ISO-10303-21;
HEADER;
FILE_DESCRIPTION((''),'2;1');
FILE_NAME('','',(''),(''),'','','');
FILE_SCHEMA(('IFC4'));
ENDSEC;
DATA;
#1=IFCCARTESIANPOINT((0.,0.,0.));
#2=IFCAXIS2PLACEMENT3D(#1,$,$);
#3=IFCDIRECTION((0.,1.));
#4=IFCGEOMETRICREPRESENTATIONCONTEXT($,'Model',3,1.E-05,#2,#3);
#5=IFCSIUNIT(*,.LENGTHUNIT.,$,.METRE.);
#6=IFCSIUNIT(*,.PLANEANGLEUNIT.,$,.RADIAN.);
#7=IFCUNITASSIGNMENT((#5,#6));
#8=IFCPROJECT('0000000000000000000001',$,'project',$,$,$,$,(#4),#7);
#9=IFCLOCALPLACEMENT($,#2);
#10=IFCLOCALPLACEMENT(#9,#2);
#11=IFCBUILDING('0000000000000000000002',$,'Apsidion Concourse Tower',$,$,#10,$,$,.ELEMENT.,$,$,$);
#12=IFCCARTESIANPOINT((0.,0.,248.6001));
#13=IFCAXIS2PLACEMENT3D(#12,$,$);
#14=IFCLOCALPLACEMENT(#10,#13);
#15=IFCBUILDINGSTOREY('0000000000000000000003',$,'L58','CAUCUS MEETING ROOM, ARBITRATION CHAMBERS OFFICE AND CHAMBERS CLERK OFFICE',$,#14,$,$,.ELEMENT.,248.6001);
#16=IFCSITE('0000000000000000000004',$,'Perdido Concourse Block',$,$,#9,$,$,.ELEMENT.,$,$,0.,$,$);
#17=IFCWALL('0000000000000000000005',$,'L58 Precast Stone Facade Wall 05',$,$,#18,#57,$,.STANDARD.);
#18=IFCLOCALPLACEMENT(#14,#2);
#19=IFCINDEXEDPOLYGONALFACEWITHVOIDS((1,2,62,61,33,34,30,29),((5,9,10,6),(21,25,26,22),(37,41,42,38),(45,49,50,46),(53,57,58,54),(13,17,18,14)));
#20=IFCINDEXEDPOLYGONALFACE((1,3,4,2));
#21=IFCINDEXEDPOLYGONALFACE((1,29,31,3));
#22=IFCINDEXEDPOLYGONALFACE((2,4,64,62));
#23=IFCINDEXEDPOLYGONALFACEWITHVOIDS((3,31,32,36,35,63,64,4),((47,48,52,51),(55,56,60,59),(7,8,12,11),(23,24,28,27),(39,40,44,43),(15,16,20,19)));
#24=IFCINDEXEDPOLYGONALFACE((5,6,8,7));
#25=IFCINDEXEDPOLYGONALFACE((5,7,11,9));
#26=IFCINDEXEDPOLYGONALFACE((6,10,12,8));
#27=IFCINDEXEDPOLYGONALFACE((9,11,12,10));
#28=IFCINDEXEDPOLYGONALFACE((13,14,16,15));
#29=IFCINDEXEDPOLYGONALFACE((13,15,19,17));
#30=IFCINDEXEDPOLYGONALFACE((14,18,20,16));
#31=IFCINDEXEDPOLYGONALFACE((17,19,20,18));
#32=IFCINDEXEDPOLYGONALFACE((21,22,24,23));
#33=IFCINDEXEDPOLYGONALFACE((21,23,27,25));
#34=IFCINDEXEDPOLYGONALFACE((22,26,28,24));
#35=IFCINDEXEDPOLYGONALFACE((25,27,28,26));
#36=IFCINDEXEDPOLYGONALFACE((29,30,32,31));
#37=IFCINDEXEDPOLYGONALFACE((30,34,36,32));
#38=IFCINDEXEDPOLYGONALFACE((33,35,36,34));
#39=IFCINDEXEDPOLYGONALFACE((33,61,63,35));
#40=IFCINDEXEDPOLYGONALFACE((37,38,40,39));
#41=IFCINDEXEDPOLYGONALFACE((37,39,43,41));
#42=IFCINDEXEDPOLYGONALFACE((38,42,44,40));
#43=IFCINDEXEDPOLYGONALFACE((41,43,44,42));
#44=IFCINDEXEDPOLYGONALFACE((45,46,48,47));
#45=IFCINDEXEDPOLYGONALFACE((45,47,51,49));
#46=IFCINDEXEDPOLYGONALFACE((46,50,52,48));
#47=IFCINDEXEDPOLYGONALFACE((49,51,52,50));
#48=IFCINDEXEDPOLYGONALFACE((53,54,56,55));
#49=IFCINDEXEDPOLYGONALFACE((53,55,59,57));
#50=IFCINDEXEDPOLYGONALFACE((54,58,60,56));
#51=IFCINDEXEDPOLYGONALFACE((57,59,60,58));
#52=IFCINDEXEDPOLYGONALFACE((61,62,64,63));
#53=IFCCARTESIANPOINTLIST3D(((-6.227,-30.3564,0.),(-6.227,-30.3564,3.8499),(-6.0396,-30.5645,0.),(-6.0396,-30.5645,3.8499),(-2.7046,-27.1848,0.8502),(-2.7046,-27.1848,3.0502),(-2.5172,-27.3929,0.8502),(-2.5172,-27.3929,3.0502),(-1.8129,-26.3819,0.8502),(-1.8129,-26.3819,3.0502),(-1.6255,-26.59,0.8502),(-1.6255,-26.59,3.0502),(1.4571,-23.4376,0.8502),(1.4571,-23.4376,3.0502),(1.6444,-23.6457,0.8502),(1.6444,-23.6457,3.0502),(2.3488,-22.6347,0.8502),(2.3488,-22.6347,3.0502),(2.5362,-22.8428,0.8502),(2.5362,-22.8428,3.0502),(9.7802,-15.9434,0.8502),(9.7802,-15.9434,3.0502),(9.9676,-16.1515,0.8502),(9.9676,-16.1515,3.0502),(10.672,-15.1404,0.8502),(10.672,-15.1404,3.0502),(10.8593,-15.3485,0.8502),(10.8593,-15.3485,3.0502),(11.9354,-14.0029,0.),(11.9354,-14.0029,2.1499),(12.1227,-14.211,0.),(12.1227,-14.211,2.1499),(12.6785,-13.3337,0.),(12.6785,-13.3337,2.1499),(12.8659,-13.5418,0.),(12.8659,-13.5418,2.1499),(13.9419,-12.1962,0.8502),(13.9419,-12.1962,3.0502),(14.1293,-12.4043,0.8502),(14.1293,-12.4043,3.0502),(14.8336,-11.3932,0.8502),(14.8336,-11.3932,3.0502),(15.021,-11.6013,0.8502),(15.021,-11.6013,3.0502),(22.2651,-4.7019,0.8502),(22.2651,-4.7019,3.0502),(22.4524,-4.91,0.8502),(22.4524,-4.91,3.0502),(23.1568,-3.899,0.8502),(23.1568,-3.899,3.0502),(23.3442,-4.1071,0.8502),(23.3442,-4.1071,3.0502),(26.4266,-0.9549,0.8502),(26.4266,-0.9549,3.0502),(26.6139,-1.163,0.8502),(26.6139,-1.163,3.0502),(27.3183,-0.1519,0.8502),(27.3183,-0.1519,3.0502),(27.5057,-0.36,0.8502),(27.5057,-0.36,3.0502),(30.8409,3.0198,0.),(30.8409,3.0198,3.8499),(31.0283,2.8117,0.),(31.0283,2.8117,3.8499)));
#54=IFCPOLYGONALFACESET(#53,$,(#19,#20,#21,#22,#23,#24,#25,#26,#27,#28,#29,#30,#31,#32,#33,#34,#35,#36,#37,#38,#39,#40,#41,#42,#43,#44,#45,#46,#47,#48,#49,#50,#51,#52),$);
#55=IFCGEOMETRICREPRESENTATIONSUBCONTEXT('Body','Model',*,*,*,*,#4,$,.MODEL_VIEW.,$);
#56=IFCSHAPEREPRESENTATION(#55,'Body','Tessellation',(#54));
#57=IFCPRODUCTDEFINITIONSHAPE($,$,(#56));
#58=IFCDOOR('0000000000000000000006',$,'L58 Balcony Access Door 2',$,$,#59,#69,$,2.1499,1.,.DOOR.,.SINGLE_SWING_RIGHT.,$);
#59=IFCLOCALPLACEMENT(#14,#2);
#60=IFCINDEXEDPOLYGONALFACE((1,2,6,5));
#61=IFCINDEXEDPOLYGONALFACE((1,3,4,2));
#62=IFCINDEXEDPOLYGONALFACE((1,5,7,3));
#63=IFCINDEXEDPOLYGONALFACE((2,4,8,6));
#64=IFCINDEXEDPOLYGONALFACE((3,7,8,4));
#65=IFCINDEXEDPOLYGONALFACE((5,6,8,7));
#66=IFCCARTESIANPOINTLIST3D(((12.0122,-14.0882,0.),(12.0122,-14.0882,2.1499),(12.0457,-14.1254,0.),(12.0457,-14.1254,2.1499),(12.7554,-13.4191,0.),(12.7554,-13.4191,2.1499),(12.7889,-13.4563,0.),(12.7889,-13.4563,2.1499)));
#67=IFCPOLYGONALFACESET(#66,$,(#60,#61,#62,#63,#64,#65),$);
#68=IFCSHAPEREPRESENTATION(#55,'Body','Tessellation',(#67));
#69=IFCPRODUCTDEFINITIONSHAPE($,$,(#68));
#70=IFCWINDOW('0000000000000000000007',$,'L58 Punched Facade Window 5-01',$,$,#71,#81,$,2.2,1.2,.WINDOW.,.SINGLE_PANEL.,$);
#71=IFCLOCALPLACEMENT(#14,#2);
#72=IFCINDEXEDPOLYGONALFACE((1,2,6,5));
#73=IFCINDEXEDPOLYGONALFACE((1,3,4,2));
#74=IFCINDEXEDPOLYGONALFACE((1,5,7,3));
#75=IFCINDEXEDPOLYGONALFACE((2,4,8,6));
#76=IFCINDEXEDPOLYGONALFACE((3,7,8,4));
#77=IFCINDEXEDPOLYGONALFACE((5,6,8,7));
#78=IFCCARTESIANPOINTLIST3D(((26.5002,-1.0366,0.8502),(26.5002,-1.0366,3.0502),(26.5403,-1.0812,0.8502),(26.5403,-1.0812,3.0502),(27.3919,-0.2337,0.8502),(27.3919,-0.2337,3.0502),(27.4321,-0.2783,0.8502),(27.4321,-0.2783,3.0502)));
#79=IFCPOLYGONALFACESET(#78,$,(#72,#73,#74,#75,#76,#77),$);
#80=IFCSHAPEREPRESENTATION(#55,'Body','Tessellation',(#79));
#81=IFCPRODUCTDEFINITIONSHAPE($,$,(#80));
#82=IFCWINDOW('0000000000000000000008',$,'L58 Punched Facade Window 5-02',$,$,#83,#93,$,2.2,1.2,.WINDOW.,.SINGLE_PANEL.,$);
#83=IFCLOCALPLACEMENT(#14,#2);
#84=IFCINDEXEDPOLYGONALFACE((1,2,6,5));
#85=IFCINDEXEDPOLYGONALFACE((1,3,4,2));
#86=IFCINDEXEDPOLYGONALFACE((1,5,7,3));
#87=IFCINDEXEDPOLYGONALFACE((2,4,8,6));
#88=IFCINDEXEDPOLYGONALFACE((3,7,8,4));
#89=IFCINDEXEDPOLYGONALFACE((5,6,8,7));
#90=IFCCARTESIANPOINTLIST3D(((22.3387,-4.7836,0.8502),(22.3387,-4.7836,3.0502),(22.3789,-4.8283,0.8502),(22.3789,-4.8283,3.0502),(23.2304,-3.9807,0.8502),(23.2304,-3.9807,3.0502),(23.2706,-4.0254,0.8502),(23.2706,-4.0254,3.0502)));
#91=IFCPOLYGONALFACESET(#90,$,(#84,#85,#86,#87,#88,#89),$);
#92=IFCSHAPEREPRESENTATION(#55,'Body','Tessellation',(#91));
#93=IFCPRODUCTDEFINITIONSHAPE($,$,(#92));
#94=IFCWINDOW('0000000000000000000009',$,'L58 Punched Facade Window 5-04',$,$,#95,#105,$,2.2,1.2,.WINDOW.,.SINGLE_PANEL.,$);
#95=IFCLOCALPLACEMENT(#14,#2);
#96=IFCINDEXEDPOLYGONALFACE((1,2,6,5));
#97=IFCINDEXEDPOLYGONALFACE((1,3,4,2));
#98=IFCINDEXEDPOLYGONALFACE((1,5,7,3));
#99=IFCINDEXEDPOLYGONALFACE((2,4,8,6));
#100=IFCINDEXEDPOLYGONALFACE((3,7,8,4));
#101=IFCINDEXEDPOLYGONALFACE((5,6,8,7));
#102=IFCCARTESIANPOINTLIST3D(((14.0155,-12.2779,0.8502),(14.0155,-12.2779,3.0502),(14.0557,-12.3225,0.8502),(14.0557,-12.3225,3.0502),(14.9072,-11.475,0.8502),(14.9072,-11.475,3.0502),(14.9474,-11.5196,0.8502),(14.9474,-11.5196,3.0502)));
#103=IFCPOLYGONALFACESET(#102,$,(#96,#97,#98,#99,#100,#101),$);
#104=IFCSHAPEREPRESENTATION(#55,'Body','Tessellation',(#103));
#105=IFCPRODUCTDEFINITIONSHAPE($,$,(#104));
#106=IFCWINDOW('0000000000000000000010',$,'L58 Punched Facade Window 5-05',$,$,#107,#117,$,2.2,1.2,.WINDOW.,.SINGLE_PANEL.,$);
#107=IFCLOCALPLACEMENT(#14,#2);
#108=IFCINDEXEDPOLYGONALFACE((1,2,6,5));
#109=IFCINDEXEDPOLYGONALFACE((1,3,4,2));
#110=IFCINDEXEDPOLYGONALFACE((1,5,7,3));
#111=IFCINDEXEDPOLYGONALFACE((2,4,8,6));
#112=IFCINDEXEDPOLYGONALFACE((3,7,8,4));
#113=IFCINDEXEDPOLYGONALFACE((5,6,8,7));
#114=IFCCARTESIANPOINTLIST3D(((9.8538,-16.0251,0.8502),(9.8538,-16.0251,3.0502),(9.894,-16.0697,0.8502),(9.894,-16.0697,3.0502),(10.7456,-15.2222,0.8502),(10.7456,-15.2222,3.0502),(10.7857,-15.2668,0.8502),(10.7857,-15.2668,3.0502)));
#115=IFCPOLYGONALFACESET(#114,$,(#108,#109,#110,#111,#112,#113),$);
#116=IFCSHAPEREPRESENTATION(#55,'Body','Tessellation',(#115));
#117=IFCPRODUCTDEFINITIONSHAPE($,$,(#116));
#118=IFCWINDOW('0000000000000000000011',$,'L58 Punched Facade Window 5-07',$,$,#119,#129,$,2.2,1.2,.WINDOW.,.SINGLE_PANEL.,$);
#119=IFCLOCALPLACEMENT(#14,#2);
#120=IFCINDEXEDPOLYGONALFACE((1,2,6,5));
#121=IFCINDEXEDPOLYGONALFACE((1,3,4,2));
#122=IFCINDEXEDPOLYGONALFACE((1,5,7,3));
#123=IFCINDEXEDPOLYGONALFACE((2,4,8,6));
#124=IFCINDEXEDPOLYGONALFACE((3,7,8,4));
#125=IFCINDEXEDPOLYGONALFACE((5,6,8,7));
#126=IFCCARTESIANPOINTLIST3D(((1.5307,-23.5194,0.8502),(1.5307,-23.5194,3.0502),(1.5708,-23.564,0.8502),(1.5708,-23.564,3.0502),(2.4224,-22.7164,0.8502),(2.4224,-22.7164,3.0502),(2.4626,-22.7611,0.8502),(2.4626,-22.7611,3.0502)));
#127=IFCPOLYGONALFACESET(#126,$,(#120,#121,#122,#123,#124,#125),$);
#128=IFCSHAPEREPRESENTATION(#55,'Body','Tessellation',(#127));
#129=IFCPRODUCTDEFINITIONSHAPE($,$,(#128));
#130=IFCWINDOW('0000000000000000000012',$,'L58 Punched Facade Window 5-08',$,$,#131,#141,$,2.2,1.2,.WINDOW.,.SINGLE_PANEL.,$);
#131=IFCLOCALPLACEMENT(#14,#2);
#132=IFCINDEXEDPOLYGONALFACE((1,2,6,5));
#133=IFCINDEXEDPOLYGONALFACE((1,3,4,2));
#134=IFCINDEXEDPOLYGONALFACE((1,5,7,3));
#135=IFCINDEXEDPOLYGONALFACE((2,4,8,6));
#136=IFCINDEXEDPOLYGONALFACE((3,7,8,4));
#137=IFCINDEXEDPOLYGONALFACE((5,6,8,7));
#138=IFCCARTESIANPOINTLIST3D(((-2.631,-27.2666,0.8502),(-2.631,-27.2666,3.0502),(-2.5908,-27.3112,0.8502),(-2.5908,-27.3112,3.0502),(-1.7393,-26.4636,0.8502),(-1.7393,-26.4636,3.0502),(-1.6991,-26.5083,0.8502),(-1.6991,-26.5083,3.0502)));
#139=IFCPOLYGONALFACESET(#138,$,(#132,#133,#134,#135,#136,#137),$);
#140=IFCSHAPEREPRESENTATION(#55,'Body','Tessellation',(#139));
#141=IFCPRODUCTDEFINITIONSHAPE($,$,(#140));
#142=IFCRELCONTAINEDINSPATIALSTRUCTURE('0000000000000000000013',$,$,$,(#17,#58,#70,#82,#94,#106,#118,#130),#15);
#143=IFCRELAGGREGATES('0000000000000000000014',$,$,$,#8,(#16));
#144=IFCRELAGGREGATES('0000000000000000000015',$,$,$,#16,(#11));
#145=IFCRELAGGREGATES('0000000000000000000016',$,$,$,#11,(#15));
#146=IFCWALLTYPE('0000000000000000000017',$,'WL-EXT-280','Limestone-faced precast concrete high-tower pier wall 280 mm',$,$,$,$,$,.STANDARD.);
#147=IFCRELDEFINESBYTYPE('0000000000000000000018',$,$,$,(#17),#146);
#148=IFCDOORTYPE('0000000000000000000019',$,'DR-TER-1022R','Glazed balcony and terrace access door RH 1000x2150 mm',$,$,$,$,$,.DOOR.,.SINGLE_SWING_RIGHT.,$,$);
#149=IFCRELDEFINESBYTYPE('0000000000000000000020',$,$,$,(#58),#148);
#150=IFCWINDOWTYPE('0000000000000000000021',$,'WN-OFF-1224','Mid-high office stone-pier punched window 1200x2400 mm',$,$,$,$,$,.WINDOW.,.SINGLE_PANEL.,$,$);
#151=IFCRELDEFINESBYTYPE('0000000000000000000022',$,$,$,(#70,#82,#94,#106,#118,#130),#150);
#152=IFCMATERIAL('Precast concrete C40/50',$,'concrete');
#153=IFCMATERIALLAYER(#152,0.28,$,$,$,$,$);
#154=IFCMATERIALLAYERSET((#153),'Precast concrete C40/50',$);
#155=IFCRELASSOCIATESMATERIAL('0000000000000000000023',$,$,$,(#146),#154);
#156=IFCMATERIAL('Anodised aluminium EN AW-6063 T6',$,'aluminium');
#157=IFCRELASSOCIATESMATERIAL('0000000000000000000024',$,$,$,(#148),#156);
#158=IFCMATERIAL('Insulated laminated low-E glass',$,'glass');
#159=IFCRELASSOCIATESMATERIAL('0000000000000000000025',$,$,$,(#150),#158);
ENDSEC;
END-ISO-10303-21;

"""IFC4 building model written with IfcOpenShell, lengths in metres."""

from ifc_helpers import new_model, si_unit, direction, frame, frame_2d, origin, place, context, subcontext, project, spatial, rectangle, extrude, material, layer, layer_set, type_object, element, fill, save


model = new_model("IFC4")

# Units and contexts
model_context = context("Model", 3, precision=1e-05, world=origin(), true_north=direction((0.0, 1.0)))
body_context = subcontext(model_context, "Body", "Model", "MODEL_VIEW")
ifc_project = project(units=[si_unit("LENGTHUNIT", "METRE"), si_unit("PLANEANGLEUNIT", "RADIAN")], contexts=[model_context])

# Site, building, storey
site_placement = place(None, origin())
site = spatial("IfcSite", under=ifc_project, at=site_placement, Name="Perdido Concourse Block", CompositionType="ELEMENT", RefElevation=0.0)
building_placement = place(site_placement, origin())
building = spatial("IfcBuilding", under=site, at=building_placement, Name="Apsidion Concourse Tower", CompositionType="ELEMENT")
storey_placement = place(building_placement, frame((0.0, 0.0, 248.6001)))
storey = spatial("IfcBuildingStorey", under=building, at=storey_placement, Name="L58", Description="CAUCUS MEETING ROOM, ARBITRATION CHAMBERS OFFICE AND CHAMBERS CLERK OFFICE", CompositionType="ELEMENT", Elevation=248.6001)

# Shared definitions
ifc_material_1 = material(Name="Precast concrete C40/50", Category="concrete")
ifc_layer_1 = layer(ifc_material_1, 0.28)
ifc_layer_set_1 = layer_set([ifc_layer_1], Name="Precast concrete C40/50")
wall_type_1 = type_object("IfcWallType", Name="WL-EXT-280", Description="Limestone-faced precast concrete high-tower pier wall 280 mm", PredefinedType="STANDARD", material=ifc_layer_set_1)

# Wall, openings, door, windows
wall_1_placement = place(storey_placement, frame((30.9346, 2.9158, 0.0), z_axis=(0.0, 0.0, 1.0), x_axis=(-0.743143, -0.669132, 0.0)))
wall_1 = element("IfcWall", 1, at=wall_1_placement, inside=storey, type_object=wall_type_1, Name="L58 Precast Stone Facade Wall 05", PredefinedType="STANDARD", context=body_context, shape_type="SweptSolid", body=[
    extrude(rectangle(XDim=49.8799, YDim=0.28, at=frame_2d((24.9399, 0.0))), origin(), (0.0, 0.0, 1.0), 3.8499),
])
opening_1_placement = place(wall_1_placement, frame((24.4399, 0.0, 0.0)))
opening_1 = element("IfcOpeningElement", 2, at=opening_1_placement, cuts=wall_1, PredefinedType="OPENING", context=body_context, shape_type="SweptSolid", body=[
    extrude(rectangle(XDim=1.0, YDim=2.1499, at=frame_2d((0.5, 1.075))), frame((0.0, 0.1499, 0.0), z_axis=(0.0, -1.0, 0.0), x_axis=(1.0, 0.0, 0.0)), (0.0, 0.0, 1.0), 0.3),
])
opening_2_placement = place(wall_1_placement, frame((4.74, 0.0, 0.8501)))
opening_2 = element("IfcOpeningElement", 3, at=opening_2_placement, cuts=wall_1, PredefinedType="OPENING", context=body_context, shape_type="SweptSolid", body=[
    extrude(rectangle(XDim=1.2, YDim=2.2, at=frame_2d((0.6001, 1.1001))), frame((0.0, 0.1499, 0.0), z_axis=(0.0, -1.0, 0.0), x_axis=(1.0, 0.0, 0.0)), (0.0, 0.0, 1.0), 0.3),
])
opening_3_placement = place(wall_1_placement, frame((10.3398, 0.0, 0.8501)))
opening_3 = element("IfcOpeningElement", 4, at=opening_3_placement, cuts=wall_1, PredefinedType="OPENING", context=body_context, shape_type="SweptSolid", body=[
    extrude(rectangle(XDim=1.2, YDim=2.2, at=frame_2d((0.6001, 1.1001))), frame((0.0, 0.1499, 0.0), z_axis=(0.0, -1.0, 0.0), x_axis=(1.0, 0.0, 0.0)), (0.0, 0.0, 1.0), 0.3),
])
opening_4_placement = place(wall_1_placement, frame((21.5398, 0.0, 0.8501)))
opening_4 = element("IfcOpeningElement", 5, at=opening_4_placement, cuts=wall_1, PredefinedType="OPENING", context=body_context, shape_type="SweptSolid", body=[
    extrude(rectangle(XDim=1.2, YDim=2.2, at=frame_2d((0.6001, 1.1001))), frame((0.0, 0.1499, 0.0), z_axis=(0.0, -1.0, 0.0), x_axis=(1.0, 0.0, 0.0)), (0.0, 0.0, 1.0), 0.3),
])
opening_5_placement = place(wall_1_placement, frame((27.1399, 0.0, 0.8501)))
opening_5 = element("IfcOpeningElement", 6, at=opening_5_placement, cuts=wall_1, PredefinedType="OPENING", context=body_context, shape_type="SweptSolid", body=[
    extrude(rectangle(XDim=1.2, YDim=2.2, at=frame_2d((0.6001, 1.1001))), frame((0.0, 0.1499, 0.0), z_axis=(0.0, -1.0, 0.0), x_axis=(1.0, 0.0, 0.0)), (0.0, 0.0, 1.0), 0.3),
])
opening_6_placement = place(wall_1_placement, frame((38.3398, 0.0, 0.8501)))
opening_6 = element("IfcOpeningElement", 7, at=opening_6_placement, cuts=wall_1, PredefinedType="OPENING", context=body_context, shape_type="SweptSolid", body=[
    extrude(rectangle(XDim=1.2, YDim=2.2, at=frame_2d((0.6001, 1.1001))), frame((0.0, 0.1499, 0.0), z_axis=(0.0, -1.0, 0.0), x_axis=(1.0, 0.0, 0.0)), (0.0, 0.0, 1.0), 0.3),
])
opening_7_placement = place(wall_1_placement, frame((43.9399, 0.0, 0.8501)))
opening_7 = element("IfcOpeningElement", 8, at=opening_7_placement, cuts=wall_1, PredefinedType="OPENING", context=body_context, shape_type="SweptSolid", body=[
    extrude(rectangle(XDim=1.2, YDim=2.2, at=frame_2d((0.6001, 1.1001))), frame((0.0, 0.1499, 0.0), z_axis=(0.0, -1.0, 0.0), x_axis=(1.0, 0.0, 0.0)), (0.0, 0.0, 1.0), 0.3),
])
ifc_material_2 = material(Name="Anodised aluminium EN AW-6063 T6", Category="aluminium")
door_type_1 = type_object("IfcDoorType", Name="DR-TER-1022R", Description="Glazed balcony and terrace access door RH 1000x2150 mm", OperationType="SINGLE_SWING_RIGHT", PredefinedType="DOOR", material=ifc_material_2)
door_1_placement = place(opening_1_placement, origin())
door_1 = element("IfcDoor", 9, at=door_1_placement, inside=storey, type_object=door_type_1, Name="L58 Balcony Access Door 2", OperationType="SINGLE_SWING_RIGHT", OverallHeight=2.1499, OverallWidth=1.0, PredefinedType="DOOR", context=body_context, shape_type="SweptSolid", body=[
    extrude(rectangle(XDim=1.0, YDim=2.1499, at=frame_2d((0.5, 1.075))), frame((0.0, 0.0249, 0.0), z_axis=(0.0, -1.0, 0.0), x_axis=(1.0, 0.0, 0.0)), (0.0, 0.0, 1.0), 0.05),
])
fill(opening_1, door_1)
ifc_material_3 = material(Name="Insulated laminated low-E glass", Category="glass")
window_type = type_object("IfcWindowType", Name="WN-OFF-1224", Description="Mid-high office stone-pier punched window 1200x2400 mm", PartitioningType="SINGLE_PANEL", PredefinedType="WINDOW", material=ifc_material_3)
window_1_placement = place(opening_2_placement, origin())
window_1 = element("IfcWindow", 10, at=window_1_placement, inside=storey, type_object=window_type, Name="L58 Punched Facade Window 5-01", OverallHeight=2.2, OverallWidth=1.2, PartitioningType="SINGLE_PANEL", PredefinedType="WINDOW", context=body_context, shape_type="SweptSolid", body=[
    extrude(rectangle(XDim=1.2, YDim=2.2, at=frame_2d((0.6001, 1.1001))), frame((0.0, 0.03, 0.0), z_axis=(0.0, -1.0, 0.0), x_axis=(1.0, 0.0, 0.0)), (0.0, 0.0, 1.0), 0.0601),
])
fill(opening_2, window_1)
window_2_placement = place(opening_3_placement, origin())
window_2 = element("IfcWindow", 11, at=window_2_placement, inside=storey, type_object=window_type, Name="L58 Punched Facade Window 5-02", OverallHeight=2.2, OverallWidth=1.2, PartitioningType="SINGLE_PANEL", PredefinedType="WINDOW", context=body_context, shape_type="SweptSolid", body=[
    extrude(rectangle(XDim=1.2, YDim=2.2, at=frame_2d((0.6001, 1.1001))), frame((0.0, 0.03, 0.0), z_axis=(0.0, -1.0, 0.0), x_axis=(1.0, 0.0, 0.0)), (0.0, 0.0, 1.0), 0.0601),
])
fill(opening_3, window_2)
window_3_placement = place(opening_4_placement, origin())
window_3 = element("IfcWindow", 12, at=window_3_placement, inside=storey, type_object=window_type, Name="L58 Punched Facade Window 5-04", OverallHeight=2.2, OverallWidth=1.2, PartitioningType="SINGLE_PANEL", PredefinedType="WINDOW", context=body_context, shape_type="SweptSolid", body=[
    extrude(rectangle(XDim=1.2, YDim=2.2, at=frame_2d((0.6001, 1.1001))), frame((0.0, 0.03, 0.0), z_axis=(0.0, -1.0, 0.0), x_axis=(1.0, 0.0, 0.0)), (0.0, 0.0, 1.0), 0.0601),
])
fill(opening_4, window_3)
window_4_placement = place(opening_5_placement, origin())
window_4 = element("IfcWindow", 13, at=window_4_placement, inside=storey, type_object=window_type, Name="L58 Punched Facade Window 5-05", OverallHeight=2.2, OverallWidth=1.2, PartitioningType="SINGLE_PANEL", PredefinedType="WINDOW", context=body_context, shape_type="SweptSolid", body=[
    extrude(rectangle(XDim=1.2, YDim=2.2, at=frame_2d((0.6001, 1.1001))), frame((0.0, 0.03, 0.0), z_axis=(0.0, -1.0, 0.0), x_axis=(1.0, 0.0, 0.0)), (0.0, 0.0, 1.0), 0.0601),
])
fill(opening_5, window_4)
window_5_placement = place(opening_6_placement, origin())
window_5 = element("IfcWindow", 14, at=window_5_placement, inside=storey, type_object=window_type, Name="L58 Punched Facade Window 5-07", OverallHeight=2.2, OverallWidth=1.2, PartitioningType="SINGLE_PANEL", PredefinedType="WINDOW", context=body_context, shape_type="SweptSolid", body=[
    extrude(rectangle(XDim=1.2, YDim=2.2, at=frame_2d((0.6001, 1.1001))), frame((0.0, 0.03, 0.0), z_axis=(0.0, -1.0, 0.0), x_axis=(1.0, 0.0, 0.0)), (0.0, 0.0, 1.0), 0.0601),
])
fill(opening_6, window_5)
window_6_placement = place(opening_7_placement, origin())
window_6 = element("IfcWindow", 15, at=window_6_placement, inside=storey, type_object=window_type, Name="L58 Punched Facade Window 5-08", OverallHeight=2.2, OverallWidth=1.2, PartitioningType="SINGLE_PANEL", PredefinedType="WINDOW", context=body_context, shape_type="SweptSolid", body=[
    extrude(rectangle(XDim=1.2, YDim=2.2, at=frame_2d((0.6001, 1.1001))), frame((0.0, 0.03, 0.0), z_axis=(0.0, -1.0, 0.0), x_axis=(1.0, 0.0, 0.0)), (0.0, 0.0, 1.0), 0.0601),
])
fill(opening_7, window_6)

save(model, "model.ifc")
